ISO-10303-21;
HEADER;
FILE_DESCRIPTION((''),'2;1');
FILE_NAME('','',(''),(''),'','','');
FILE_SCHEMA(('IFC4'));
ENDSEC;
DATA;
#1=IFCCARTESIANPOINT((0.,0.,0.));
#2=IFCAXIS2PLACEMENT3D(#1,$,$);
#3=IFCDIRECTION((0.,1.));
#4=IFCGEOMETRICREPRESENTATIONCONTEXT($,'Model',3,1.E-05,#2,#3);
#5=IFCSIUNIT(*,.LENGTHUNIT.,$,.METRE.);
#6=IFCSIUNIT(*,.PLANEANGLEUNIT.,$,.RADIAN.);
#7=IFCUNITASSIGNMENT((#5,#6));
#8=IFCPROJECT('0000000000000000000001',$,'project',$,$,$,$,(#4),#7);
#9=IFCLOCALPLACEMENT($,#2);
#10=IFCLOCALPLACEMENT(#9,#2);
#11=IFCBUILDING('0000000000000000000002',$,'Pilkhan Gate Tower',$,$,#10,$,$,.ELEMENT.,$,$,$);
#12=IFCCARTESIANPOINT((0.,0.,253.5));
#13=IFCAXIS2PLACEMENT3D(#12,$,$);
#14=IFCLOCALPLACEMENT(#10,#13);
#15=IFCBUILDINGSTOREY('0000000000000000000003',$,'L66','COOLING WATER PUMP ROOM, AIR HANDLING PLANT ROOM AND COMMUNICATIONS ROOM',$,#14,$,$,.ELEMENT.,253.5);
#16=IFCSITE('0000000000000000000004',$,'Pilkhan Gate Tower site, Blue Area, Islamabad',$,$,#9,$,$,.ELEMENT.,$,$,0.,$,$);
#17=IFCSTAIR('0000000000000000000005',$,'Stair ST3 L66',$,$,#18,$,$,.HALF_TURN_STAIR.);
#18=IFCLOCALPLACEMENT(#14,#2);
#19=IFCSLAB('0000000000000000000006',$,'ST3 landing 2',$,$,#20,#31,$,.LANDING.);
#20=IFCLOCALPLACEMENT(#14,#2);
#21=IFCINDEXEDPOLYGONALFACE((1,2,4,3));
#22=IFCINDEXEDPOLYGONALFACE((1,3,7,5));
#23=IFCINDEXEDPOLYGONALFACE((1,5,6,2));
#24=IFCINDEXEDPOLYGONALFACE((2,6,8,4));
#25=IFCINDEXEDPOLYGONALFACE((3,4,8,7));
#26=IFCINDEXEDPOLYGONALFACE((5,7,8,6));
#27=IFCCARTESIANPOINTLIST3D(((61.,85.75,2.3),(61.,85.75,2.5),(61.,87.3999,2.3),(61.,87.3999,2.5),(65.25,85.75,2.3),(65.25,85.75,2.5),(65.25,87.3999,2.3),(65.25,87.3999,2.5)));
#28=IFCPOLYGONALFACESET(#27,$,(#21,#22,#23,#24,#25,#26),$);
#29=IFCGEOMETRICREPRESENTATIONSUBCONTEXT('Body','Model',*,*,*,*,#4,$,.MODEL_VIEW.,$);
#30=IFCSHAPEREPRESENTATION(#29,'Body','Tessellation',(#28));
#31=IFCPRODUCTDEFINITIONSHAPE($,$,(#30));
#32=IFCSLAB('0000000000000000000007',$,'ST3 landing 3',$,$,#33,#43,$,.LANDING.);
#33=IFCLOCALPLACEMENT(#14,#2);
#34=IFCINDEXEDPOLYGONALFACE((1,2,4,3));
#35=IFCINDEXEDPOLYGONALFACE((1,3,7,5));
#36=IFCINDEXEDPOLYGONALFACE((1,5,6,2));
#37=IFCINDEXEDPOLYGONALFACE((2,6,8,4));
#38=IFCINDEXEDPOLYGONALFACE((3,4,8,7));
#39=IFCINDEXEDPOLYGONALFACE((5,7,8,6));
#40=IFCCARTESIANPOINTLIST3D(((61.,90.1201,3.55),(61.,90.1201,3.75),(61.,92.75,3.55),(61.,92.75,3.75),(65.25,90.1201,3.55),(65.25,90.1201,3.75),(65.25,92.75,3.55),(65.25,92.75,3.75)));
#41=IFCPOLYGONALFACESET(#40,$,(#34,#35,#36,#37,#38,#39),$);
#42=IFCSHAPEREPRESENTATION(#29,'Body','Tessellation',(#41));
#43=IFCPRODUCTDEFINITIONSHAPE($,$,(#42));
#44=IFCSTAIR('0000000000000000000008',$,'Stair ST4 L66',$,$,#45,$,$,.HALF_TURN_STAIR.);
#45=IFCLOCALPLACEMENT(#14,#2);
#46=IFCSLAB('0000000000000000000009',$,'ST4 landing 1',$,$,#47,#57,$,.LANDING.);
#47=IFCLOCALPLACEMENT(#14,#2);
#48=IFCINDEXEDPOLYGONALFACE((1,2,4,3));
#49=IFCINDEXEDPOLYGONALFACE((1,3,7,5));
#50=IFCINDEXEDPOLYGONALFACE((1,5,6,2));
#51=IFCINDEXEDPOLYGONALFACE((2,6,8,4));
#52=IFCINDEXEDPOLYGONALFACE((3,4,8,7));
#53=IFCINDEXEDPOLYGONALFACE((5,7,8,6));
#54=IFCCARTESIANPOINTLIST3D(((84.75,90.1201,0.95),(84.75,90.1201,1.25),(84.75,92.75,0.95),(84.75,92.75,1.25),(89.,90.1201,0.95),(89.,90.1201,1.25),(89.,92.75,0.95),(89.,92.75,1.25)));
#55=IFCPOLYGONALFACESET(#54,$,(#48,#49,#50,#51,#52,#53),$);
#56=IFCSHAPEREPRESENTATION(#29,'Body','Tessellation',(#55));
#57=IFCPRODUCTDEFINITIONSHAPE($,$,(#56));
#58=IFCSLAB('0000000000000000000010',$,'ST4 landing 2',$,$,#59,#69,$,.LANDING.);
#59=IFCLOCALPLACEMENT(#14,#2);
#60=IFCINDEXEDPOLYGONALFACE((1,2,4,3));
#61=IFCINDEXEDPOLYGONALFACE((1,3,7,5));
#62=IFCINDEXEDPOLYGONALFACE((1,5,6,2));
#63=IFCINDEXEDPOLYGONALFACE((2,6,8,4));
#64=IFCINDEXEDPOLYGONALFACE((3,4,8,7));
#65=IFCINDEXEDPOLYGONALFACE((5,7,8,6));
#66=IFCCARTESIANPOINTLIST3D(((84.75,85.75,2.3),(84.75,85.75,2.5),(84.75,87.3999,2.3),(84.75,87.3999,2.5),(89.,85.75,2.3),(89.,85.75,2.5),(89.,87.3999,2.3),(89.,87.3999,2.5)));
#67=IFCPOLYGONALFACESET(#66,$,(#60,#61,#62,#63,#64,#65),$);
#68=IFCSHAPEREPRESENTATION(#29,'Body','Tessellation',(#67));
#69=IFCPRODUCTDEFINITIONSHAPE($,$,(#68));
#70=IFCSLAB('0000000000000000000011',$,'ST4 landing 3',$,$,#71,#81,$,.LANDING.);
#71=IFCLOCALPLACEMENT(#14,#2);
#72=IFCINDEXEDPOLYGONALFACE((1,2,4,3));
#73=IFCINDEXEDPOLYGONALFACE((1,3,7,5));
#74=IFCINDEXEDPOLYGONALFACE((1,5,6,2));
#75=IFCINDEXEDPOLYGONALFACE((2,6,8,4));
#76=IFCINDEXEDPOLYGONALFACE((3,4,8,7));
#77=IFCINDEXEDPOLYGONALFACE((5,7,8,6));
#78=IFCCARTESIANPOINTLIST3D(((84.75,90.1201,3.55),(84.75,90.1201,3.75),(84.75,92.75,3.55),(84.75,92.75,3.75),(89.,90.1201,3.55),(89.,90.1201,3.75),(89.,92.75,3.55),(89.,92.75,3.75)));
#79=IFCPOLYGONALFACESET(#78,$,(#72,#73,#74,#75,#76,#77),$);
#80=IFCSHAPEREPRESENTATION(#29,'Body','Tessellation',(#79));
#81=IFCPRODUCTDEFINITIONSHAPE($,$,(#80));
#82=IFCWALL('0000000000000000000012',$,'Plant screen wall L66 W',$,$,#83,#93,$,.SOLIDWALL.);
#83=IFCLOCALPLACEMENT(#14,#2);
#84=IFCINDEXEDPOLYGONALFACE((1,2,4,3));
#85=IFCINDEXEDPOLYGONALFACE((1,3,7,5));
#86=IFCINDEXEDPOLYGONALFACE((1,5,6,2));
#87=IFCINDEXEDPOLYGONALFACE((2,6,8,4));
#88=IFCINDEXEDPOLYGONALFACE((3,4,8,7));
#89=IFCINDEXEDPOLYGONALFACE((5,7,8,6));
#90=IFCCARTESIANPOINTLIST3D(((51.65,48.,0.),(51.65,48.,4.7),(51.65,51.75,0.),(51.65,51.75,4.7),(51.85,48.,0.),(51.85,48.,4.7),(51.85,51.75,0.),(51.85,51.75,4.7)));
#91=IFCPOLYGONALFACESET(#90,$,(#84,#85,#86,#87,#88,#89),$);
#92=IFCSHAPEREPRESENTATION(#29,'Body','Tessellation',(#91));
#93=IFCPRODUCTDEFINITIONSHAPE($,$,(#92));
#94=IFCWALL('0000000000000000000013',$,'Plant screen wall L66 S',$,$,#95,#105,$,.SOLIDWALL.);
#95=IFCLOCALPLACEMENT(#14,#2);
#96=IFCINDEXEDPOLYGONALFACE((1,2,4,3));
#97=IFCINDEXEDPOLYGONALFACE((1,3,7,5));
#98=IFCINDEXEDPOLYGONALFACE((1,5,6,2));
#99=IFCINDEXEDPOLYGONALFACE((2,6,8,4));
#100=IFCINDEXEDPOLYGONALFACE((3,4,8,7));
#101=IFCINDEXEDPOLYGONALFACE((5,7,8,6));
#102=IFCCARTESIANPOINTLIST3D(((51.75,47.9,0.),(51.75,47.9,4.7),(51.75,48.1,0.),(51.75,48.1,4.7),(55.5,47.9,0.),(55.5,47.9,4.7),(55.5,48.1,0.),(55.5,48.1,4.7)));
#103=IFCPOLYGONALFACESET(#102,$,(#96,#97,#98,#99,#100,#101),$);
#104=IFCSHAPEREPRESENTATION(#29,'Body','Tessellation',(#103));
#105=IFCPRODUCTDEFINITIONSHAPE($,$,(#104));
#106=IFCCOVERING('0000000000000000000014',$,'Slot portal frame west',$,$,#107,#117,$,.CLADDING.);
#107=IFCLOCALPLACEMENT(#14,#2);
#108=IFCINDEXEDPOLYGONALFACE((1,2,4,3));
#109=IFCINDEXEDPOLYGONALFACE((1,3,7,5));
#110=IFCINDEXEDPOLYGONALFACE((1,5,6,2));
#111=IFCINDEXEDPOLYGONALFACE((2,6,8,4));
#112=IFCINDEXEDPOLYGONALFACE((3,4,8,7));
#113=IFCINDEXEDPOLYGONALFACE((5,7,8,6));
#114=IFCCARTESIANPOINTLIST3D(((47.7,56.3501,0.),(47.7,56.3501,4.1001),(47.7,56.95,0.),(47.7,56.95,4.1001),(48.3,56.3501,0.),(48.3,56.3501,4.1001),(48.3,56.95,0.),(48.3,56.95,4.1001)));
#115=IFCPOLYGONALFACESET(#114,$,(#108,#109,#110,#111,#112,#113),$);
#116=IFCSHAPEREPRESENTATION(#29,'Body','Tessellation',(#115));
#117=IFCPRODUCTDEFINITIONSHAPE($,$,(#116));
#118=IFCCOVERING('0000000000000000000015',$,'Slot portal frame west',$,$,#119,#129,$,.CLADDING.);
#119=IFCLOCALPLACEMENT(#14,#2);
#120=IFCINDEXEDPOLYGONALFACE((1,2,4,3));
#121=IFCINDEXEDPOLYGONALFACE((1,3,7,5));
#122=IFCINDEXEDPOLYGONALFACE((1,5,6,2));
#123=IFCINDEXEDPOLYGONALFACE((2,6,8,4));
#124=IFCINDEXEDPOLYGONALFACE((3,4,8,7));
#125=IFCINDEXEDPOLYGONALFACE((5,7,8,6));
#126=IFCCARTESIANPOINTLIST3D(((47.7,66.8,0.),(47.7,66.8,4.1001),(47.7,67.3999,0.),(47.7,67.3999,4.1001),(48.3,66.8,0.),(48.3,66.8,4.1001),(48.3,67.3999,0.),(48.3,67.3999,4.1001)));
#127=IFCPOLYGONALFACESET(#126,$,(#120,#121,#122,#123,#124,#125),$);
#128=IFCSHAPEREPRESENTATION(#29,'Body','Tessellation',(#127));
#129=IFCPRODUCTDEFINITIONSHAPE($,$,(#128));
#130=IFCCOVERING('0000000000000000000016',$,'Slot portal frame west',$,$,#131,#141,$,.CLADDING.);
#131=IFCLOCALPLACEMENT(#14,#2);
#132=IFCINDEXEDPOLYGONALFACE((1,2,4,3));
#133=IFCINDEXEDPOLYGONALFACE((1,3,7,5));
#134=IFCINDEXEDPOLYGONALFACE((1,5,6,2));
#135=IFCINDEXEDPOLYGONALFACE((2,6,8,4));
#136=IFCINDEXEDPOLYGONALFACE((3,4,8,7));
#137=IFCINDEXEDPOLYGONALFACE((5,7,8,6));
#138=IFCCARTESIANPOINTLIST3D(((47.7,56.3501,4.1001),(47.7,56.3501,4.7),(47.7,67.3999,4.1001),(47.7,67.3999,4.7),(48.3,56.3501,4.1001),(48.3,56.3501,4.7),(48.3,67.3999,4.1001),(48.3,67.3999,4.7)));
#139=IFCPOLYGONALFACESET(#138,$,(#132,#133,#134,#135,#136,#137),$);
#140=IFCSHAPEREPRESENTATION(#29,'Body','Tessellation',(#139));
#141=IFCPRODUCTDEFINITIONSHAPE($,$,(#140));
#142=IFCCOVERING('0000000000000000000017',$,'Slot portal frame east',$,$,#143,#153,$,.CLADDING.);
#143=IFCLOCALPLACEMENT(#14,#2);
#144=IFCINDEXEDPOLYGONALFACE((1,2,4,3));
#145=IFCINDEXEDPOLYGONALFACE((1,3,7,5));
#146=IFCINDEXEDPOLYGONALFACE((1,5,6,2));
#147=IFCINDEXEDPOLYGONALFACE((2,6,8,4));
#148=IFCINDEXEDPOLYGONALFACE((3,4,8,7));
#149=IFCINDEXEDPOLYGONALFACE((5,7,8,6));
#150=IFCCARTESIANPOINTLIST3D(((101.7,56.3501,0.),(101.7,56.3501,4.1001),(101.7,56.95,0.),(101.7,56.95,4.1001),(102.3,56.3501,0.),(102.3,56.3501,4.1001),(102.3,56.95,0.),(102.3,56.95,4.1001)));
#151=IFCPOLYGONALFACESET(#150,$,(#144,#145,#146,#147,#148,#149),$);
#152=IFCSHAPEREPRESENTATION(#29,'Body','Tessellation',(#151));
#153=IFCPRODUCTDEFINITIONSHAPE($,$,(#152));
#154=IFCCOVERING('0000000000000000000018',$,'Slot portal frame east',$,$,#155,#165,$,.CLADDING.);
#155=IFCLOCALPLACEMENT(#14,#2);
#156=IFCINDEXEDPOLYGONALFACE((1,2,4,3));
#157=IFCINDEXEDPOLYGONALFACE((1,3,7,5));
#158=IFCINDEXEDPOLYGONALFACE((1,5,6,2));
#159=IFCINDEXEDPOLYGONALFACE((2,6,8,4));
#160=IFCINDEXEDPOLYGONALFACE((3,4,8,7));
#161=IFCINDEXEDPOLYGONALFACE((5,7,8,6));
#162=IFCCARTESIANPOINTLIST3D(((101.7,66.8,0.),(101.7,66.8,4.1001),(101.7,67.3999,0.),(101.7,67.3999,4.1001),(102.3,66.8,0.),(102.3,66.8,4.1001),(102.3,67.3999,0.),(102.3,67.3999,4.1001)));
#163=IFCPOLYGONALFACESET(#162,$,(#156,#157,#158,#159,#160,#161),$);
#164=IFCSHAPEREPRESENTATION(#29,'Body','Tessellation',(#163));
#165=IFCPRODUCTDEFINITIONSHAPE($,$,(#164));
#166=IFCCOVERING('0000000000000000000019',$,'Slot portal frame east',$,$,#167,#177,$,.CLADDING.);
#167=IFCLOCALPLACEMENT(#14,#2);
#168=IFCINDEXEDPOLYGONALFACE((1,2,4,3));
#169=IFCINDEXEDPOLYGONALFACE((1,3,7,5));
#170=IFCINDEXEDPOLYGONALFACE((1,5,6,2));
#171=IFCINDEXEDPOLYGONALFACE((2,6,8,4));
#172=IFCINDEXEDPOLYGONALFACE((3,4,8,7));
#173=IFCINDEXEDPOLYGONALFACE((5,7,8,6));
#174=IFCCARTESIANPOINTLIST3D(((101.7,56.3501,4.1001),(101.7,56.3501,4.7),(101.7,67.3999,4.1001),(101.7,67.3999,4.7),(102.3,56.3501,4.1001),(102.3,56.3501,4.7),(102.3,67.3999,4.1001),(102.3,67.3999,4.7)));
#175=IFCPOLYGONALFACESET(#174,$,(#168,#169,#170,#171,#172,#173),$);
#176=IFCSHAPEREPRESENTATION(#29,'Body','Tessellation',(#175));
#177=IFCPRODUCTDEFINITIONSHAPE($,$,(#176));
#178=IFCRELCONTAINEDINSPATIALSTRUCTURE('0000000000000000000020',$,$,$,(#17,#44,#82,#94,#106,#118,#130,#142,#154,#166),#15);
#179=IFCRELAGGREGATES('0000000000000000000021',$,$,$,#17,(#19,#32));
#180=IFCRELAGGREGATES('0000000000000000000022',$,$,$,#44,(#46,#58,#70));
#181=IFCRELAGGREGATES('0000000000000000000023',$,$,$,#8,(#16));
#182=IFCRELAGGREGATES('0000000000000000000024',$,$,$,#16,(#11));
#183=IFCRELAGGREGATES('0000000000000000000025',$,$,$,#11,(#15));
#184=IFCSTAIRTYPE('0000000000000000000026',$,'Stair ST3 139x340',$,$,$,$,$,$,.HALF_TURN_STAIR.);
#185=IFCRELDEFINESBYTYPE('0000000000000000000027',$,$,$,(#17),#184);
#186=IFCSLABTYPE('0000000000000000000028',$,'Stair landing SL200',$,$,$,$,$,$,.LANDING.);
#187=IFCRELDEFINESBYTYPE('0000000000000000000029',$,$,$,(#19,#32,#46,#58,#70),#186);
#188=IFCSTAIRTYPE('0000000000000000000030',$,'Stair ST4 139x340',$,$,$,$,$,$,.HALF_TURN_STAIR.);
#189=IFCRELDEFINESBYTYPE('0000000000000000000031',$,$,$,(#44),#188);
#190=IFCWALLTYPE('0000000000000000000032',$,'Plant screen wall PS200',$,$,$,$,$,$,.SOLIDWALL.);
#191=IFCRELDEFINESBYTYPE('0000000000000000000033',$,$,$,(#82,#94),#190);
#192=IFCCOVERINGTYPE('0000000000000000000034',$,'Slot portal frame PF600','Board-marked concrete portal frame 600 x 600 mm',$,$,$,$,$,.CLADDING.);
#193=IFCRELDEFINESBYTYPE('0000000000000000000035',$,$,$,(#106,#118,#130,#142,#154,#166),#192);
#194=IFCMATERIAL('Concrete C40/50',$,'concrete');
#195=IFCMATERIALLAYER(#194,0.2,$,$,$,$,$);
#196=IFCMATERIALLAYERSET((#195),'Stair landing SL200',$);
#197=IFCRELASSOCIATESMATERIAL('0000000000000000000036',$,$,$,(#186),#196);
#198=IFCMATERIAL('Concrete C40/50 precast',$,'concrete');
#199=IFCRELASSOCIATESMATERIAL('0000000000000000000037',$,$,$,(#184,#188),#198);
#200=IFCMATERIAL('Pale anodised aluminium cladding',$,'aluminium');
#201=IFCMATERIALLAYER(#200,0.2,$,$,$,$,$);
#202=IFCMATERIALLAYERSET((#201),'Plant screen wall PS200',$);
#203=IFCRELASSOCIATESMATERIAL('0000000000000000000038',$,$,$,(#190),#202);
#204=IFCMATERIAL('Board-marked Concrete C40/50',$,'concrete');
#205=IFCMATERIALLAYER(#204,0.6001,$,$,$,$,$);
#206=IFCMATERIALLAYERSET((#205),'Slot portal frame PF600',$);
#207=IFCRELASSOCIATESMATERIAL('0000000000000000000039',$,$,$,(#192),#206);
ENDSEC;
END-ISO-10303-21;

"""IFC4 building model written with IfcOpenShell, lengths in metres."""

from ifc_helpers import new_model, si_unit, direction, frame, frame_2d, origin, place, context, subcontext, project, spatial, polyline, rectangle, outline, extrude, material, layer, layer_set, type_object, element, aggregate, save


model = new_model("IFC4")

# Units and contexts
model_context = context("Model", 3, precision=1e-05, world=origin(), true_north=direction((0.0, 1.0)))
body_context = subcontext(model_context, "Body", "Model", "MODEL_VIEW")
ifc_project = project(units=[si_unit("LENGTHUNIT", "METRE"), si_unit("PLANEANGLEUNIT", "RADIAN")], contexts=[model_context])

# Site, building, storey
site_placement = place(None, origin())
site = spatial("IfcSite", under=ifc_project, at=site_placement, Name="Pilkhan Gate Tower site, Blue Area, Islamabad", CompositionType="ELEMENT", RefElevation=0.0)
building_placement = place(site_placement, origin())
building = spatial("IfcBuilding", under=site, at=building_placement, Name="Pilkhan Gate Tower", CompositionType="ELEMENT")
storey_placement = place(building_placement, frame((0.0, 0.0, 253.5)))
storey = spatial("IfcBuildingStorey", under=building, at=storey_placement, Name="L66", Description="COOLING WATER PUMP ROOM, AIR HANDLING PLANT ROOM AND COMMUNICATIONS ROOM", CompositionType="ELEMENT", Elevation=253.5)

# Shared definitions
ifc_material_1 = material(Name="Concrete C40/50", Category="concrete")

# Stairs, slabs
ifc_material_2 = material(Name="Concrete C40/50 precast", Category="concrete")
ifc_layer_1 = layer(ifc_material_1, 0.2)
ifc_layer_set_1 = layer_set([ifc_layer_1], Name="Stair landing SL200")
slab_type_1 = type_object("IfcSlabType", Name="Stair landing SL200", PredefinedType="LANDING", material=ifc_layer_set_1)
stair_type_1 = type_object("IfcStairType", Name="Stair ST3 139x340", PredefinedType="HALF_TURN_STAIR", material=ifc_material_2)
stair_1_placement = place(storey_placement, origin())
stair_1 = element("IfcStair", 1, at=stair_1_placement, inside=storey, type_object=stair_type_1, Name="Stair ST3 L66", PredefinedType="HALF_TURN_STAIR")
slab_1_placement = place(storey_placement, frame((0.0, 0.0, 2.3)))
slab_1 = element("IfcSlab", 2, at=slab_1_placement, type_object=slab_type_1, Name="ST3 landing 2", PredefinedType="LANDING", context=body_context, shape_type="SweptSolid", body=[
    extrude(outline(polyline([(65.25, 85.75), (65.25, 87.3999), (61.0, 87.3999), (61.0, 85.75), (65.25, 85.75)])), origin(), (0.0, 0.0, 1.0), 0.2),
])
slab_2_placement = place(storey_placement, frame((0.0, 0.0, 3.55)))
slab_2 = element("IfcSlab", 3, at=slab_2_placement, type_object=slab_type_1, Name="ST3 landing 3", PredefinedType="LANDING", context=body_context, shape_type="SweptSolid", body=[
    extrude(outline(polyline([(65.25, 90.1201), (65.25, 92.75), (61.0, 92.75), (61.0, 90.1201), (65.25, 90.1201)])), origin(), (0.0, 0.0, 1.0), 0.2),
])
aggregate(stair_1, [slab_1, slab_2])
stair_type_2 = type_object("IfcStairType", Name="Stair ST4 139x340", PredefinedType="HALF_TURN_STAIR", material=ifc_material_2)
stair_2_placement = place(storey_placement, origin())
stair_2 = element("IfcStair", 4, at=stair_2_placement, inside=storey, type_object=stair_type_2, Name="Stair ST4 L66", PredefinedType="HALF_TURN_STAIR")
slab_3_placement = place(storey_placement, frame((0.0, 0.0, 0.95)))
slab_3 = element("IfcSlab", 5, at=slab_3_placement, type_object=slab_type_1, Name="ST4 landing 1", PredefinedType="LANDING", context=body_context, shape_type="SweptSolid", body=[
    extrude(outline(polyline([(89.0, 90.1201), (89.0, 92.75), (84.75, 92.75), (84.75, 90.1201), (89.0, 90.1201)])), origin(), (0.0, 0.0, 1.0), 0.3),
])
slab_4_placement = place(storey_placement, frame((0.0, 0.0, 2.3)))
slab_4 = element("IfcSlab", 6, at=slab_4_placement, type_object=slab_type_1, Name="ST4 landing 2", PredefinedType="LANDING", context=body_context, shape_type="SweptSolid", body=[
    extrude(outline(polyline([(89.0, 85.75), (89.0, 87.3999), (84.75, 87.3999), (84.75, 85.75), (89.0, 85.75)])), origin(), (0.0, 0.0, 1.0), 0.2),
])
slab_5_placement = place(storey_placement, frame((0.0, 0.0, 3.55)))
slab_5 = element("IfcSlab", 7, at=slab_5_placement, type_object=slab_type_1, Name="ST4 landing 3", PredefinedType="LANDING", context=body_context, shape_type="SweptSolid", body=[
    extrude(outline(polyline([(89.0, 90.1201), (89.0, 92.75), (84.75, 92.75), (84.75, 90.1201), (89.0, 90.1201)])), origin(), (0.0, 0.0, 1.0), 0.2),
])
aggregate(stair_2, [slab_3, slab_4, slab_5])

# Walls
ifc_material_3 = material(Name="Pale anodised aluminium cladding", Category="aluminium")
ifc_layer_2 = layer(ifc_material_3, 0.2)
ifc_layer_set_2 = layer_set([ifc_layer_2], Name="Plant screen wall PS200")
wall_type = type_object("IfcWallType", Name="Plant screen wall PS200", PredefinedType="SOLIDWALL", material=ifc_layer_set_2)
for number, where, z_axis, x_axis, name in (
    (8, (51.75, 48.0, 0.0), (0.0, 0.0, 1.0), (0.0, 1.0, 0.0), "Plant screen wall L66 W"),
    (9, (51.75, 48.0, 0.0), (0.0, 0.0, 1.0), (1.0, 0.0, 0.0), "Plant screen wall L66 S"),
):
    element("IfcWall", number, at=place(storey_placement, frame(where, z_axis=z_axis, x_axis=x_axis)), inside=storey, type_object=wall_type, Name=name, PredefinedType="SOLIDWALL", context=body_context, shape_type="SweptSolid", body=[
        extrude(rectangle(XDim=3.75, YDim=0.2, at=frame_2d((1.875, 0.0))), origin(), (0.0, 0.0, 1.0), 4.7),
    ])

# Coverings
ifc_material_4 = material(Name="Board-marked Concrete C40/50", Category="concrete")
ifc_layer_3 = layer(ifc_material_4, 0.6001)
ifc_layer_set_3 = layer_set([ifc_layer_3], Name="Slot portal frame PF600")
covering_type = type_object("IfcCoveringType", Name="Slot portal frame PF600", Description="Board-marked concrete portal frame 600 x 600 mm", PredefinedType="CLADDING", material=ifc_layer_set_3)
covering_1_placement = place(storey_placement, origin())
element("IfcCovering", 10, at=covering_1_placement, inside=storey, type_object=covering_type, Name="Slot portal frame west", PredefinedType="CLADDING", context=body_context, shape_type="SweptSolid", body=[
    extrude(outline(polyline([(47.7, 56.3501), (48.3, 56.3501), (48.3, 56.95), (47.7, 56.95), (47.7, 56.3501)])), origin(), (0.0, 0.0, 1.0), 4.1001),
])
covering_2_placement = place(storey_placement, origin())
element("IfcCovering", 11, at=covering_2_placement, inside=storey, type_object=covering_type, Name="Slot portal frame west", PredefinedType="CLADDING", context=body_context, shape_type="SweptSolid", body=[
    extrude(outline(polyline([(47.7, 66.8), (48.3, 66.8), (48.3, 67.3999), (47.7, 67.3999), (47.7, 66.8)])), origin(), (0.0, 0.0, 1.0), 4.1001),
])
covering_3_placement = place(storey_placement, frame((0.0, 0.0, 4.1001)))
element("IfcCovering", 12, at=covering_3_placement, inside=storey, type_object=covering_type, Name="Slot portal frame west", PredefinedType="CLADDING", context=body_context, shape_type="SweptSolid", body=[
    extrude(outline(polyline([(47.7, 56.3501), (48.3, 56.3501), (48.3, 67.3999), (47.7, 67.3999), (47.7, 56.3501)])), origin(), (0.0, 0.0, 1.0), 0.5999),
])
covering_4_placement = place(storey_placement, origin())
element("IfcCovering", 13, at=covering_4_placement, inside=storey, type_object=covering_type, Name="Slot portal frame east", PredefinedType="CLADDING", context=body_context, shape_type="SweptSolid", body=[
    extrude(outline(polyline([(101.7, 56.3501), (102.3, 56.3501), (102.3, 56.95), (101.7, 56.95), (101.7, 56.3501)])), origin(), (0.0, 0.0, 1.0), 4.1001),
])
covering_5_placement = place(storey_placement, origin())
element("IfcCovering", 14, at=covering_5_placement, inside=storey, type_object=covering_type, Name="Slot portal frame east", PredefinedType="CLADDING", context=body_context, shape_type="SweptSolid", body=[
    extrude(outline(polyline([(101.7, 66.8), (102.3, 66.8), (102.3, 67.3999), (101.7, 67.3999), (101.7, 66.8)])), origin(), (0.0, 0.0, 1.0), 4.1001),
])
covering_6_placement = place(storey_placement, frame((0.0, 0.0, 4.1001)))
element("IfcCovering", 15, at=covering_6_placement, inside=storey, type_object=covering_type, Name="Slot portal frame east", PredefinedType="CLADDING", context=body_context, shape_type="SweptSolid", body=[
    extrude(outline(polyline([(101.7, 56.3501), (102.3, 56.3501), (102.3, 67.3999), (101.7, 67.3999), (101.7, 56.3501)])), origin(), (0.0, 0.0, 1.0), 0.5999),
])

save(model, "model.ifc")
